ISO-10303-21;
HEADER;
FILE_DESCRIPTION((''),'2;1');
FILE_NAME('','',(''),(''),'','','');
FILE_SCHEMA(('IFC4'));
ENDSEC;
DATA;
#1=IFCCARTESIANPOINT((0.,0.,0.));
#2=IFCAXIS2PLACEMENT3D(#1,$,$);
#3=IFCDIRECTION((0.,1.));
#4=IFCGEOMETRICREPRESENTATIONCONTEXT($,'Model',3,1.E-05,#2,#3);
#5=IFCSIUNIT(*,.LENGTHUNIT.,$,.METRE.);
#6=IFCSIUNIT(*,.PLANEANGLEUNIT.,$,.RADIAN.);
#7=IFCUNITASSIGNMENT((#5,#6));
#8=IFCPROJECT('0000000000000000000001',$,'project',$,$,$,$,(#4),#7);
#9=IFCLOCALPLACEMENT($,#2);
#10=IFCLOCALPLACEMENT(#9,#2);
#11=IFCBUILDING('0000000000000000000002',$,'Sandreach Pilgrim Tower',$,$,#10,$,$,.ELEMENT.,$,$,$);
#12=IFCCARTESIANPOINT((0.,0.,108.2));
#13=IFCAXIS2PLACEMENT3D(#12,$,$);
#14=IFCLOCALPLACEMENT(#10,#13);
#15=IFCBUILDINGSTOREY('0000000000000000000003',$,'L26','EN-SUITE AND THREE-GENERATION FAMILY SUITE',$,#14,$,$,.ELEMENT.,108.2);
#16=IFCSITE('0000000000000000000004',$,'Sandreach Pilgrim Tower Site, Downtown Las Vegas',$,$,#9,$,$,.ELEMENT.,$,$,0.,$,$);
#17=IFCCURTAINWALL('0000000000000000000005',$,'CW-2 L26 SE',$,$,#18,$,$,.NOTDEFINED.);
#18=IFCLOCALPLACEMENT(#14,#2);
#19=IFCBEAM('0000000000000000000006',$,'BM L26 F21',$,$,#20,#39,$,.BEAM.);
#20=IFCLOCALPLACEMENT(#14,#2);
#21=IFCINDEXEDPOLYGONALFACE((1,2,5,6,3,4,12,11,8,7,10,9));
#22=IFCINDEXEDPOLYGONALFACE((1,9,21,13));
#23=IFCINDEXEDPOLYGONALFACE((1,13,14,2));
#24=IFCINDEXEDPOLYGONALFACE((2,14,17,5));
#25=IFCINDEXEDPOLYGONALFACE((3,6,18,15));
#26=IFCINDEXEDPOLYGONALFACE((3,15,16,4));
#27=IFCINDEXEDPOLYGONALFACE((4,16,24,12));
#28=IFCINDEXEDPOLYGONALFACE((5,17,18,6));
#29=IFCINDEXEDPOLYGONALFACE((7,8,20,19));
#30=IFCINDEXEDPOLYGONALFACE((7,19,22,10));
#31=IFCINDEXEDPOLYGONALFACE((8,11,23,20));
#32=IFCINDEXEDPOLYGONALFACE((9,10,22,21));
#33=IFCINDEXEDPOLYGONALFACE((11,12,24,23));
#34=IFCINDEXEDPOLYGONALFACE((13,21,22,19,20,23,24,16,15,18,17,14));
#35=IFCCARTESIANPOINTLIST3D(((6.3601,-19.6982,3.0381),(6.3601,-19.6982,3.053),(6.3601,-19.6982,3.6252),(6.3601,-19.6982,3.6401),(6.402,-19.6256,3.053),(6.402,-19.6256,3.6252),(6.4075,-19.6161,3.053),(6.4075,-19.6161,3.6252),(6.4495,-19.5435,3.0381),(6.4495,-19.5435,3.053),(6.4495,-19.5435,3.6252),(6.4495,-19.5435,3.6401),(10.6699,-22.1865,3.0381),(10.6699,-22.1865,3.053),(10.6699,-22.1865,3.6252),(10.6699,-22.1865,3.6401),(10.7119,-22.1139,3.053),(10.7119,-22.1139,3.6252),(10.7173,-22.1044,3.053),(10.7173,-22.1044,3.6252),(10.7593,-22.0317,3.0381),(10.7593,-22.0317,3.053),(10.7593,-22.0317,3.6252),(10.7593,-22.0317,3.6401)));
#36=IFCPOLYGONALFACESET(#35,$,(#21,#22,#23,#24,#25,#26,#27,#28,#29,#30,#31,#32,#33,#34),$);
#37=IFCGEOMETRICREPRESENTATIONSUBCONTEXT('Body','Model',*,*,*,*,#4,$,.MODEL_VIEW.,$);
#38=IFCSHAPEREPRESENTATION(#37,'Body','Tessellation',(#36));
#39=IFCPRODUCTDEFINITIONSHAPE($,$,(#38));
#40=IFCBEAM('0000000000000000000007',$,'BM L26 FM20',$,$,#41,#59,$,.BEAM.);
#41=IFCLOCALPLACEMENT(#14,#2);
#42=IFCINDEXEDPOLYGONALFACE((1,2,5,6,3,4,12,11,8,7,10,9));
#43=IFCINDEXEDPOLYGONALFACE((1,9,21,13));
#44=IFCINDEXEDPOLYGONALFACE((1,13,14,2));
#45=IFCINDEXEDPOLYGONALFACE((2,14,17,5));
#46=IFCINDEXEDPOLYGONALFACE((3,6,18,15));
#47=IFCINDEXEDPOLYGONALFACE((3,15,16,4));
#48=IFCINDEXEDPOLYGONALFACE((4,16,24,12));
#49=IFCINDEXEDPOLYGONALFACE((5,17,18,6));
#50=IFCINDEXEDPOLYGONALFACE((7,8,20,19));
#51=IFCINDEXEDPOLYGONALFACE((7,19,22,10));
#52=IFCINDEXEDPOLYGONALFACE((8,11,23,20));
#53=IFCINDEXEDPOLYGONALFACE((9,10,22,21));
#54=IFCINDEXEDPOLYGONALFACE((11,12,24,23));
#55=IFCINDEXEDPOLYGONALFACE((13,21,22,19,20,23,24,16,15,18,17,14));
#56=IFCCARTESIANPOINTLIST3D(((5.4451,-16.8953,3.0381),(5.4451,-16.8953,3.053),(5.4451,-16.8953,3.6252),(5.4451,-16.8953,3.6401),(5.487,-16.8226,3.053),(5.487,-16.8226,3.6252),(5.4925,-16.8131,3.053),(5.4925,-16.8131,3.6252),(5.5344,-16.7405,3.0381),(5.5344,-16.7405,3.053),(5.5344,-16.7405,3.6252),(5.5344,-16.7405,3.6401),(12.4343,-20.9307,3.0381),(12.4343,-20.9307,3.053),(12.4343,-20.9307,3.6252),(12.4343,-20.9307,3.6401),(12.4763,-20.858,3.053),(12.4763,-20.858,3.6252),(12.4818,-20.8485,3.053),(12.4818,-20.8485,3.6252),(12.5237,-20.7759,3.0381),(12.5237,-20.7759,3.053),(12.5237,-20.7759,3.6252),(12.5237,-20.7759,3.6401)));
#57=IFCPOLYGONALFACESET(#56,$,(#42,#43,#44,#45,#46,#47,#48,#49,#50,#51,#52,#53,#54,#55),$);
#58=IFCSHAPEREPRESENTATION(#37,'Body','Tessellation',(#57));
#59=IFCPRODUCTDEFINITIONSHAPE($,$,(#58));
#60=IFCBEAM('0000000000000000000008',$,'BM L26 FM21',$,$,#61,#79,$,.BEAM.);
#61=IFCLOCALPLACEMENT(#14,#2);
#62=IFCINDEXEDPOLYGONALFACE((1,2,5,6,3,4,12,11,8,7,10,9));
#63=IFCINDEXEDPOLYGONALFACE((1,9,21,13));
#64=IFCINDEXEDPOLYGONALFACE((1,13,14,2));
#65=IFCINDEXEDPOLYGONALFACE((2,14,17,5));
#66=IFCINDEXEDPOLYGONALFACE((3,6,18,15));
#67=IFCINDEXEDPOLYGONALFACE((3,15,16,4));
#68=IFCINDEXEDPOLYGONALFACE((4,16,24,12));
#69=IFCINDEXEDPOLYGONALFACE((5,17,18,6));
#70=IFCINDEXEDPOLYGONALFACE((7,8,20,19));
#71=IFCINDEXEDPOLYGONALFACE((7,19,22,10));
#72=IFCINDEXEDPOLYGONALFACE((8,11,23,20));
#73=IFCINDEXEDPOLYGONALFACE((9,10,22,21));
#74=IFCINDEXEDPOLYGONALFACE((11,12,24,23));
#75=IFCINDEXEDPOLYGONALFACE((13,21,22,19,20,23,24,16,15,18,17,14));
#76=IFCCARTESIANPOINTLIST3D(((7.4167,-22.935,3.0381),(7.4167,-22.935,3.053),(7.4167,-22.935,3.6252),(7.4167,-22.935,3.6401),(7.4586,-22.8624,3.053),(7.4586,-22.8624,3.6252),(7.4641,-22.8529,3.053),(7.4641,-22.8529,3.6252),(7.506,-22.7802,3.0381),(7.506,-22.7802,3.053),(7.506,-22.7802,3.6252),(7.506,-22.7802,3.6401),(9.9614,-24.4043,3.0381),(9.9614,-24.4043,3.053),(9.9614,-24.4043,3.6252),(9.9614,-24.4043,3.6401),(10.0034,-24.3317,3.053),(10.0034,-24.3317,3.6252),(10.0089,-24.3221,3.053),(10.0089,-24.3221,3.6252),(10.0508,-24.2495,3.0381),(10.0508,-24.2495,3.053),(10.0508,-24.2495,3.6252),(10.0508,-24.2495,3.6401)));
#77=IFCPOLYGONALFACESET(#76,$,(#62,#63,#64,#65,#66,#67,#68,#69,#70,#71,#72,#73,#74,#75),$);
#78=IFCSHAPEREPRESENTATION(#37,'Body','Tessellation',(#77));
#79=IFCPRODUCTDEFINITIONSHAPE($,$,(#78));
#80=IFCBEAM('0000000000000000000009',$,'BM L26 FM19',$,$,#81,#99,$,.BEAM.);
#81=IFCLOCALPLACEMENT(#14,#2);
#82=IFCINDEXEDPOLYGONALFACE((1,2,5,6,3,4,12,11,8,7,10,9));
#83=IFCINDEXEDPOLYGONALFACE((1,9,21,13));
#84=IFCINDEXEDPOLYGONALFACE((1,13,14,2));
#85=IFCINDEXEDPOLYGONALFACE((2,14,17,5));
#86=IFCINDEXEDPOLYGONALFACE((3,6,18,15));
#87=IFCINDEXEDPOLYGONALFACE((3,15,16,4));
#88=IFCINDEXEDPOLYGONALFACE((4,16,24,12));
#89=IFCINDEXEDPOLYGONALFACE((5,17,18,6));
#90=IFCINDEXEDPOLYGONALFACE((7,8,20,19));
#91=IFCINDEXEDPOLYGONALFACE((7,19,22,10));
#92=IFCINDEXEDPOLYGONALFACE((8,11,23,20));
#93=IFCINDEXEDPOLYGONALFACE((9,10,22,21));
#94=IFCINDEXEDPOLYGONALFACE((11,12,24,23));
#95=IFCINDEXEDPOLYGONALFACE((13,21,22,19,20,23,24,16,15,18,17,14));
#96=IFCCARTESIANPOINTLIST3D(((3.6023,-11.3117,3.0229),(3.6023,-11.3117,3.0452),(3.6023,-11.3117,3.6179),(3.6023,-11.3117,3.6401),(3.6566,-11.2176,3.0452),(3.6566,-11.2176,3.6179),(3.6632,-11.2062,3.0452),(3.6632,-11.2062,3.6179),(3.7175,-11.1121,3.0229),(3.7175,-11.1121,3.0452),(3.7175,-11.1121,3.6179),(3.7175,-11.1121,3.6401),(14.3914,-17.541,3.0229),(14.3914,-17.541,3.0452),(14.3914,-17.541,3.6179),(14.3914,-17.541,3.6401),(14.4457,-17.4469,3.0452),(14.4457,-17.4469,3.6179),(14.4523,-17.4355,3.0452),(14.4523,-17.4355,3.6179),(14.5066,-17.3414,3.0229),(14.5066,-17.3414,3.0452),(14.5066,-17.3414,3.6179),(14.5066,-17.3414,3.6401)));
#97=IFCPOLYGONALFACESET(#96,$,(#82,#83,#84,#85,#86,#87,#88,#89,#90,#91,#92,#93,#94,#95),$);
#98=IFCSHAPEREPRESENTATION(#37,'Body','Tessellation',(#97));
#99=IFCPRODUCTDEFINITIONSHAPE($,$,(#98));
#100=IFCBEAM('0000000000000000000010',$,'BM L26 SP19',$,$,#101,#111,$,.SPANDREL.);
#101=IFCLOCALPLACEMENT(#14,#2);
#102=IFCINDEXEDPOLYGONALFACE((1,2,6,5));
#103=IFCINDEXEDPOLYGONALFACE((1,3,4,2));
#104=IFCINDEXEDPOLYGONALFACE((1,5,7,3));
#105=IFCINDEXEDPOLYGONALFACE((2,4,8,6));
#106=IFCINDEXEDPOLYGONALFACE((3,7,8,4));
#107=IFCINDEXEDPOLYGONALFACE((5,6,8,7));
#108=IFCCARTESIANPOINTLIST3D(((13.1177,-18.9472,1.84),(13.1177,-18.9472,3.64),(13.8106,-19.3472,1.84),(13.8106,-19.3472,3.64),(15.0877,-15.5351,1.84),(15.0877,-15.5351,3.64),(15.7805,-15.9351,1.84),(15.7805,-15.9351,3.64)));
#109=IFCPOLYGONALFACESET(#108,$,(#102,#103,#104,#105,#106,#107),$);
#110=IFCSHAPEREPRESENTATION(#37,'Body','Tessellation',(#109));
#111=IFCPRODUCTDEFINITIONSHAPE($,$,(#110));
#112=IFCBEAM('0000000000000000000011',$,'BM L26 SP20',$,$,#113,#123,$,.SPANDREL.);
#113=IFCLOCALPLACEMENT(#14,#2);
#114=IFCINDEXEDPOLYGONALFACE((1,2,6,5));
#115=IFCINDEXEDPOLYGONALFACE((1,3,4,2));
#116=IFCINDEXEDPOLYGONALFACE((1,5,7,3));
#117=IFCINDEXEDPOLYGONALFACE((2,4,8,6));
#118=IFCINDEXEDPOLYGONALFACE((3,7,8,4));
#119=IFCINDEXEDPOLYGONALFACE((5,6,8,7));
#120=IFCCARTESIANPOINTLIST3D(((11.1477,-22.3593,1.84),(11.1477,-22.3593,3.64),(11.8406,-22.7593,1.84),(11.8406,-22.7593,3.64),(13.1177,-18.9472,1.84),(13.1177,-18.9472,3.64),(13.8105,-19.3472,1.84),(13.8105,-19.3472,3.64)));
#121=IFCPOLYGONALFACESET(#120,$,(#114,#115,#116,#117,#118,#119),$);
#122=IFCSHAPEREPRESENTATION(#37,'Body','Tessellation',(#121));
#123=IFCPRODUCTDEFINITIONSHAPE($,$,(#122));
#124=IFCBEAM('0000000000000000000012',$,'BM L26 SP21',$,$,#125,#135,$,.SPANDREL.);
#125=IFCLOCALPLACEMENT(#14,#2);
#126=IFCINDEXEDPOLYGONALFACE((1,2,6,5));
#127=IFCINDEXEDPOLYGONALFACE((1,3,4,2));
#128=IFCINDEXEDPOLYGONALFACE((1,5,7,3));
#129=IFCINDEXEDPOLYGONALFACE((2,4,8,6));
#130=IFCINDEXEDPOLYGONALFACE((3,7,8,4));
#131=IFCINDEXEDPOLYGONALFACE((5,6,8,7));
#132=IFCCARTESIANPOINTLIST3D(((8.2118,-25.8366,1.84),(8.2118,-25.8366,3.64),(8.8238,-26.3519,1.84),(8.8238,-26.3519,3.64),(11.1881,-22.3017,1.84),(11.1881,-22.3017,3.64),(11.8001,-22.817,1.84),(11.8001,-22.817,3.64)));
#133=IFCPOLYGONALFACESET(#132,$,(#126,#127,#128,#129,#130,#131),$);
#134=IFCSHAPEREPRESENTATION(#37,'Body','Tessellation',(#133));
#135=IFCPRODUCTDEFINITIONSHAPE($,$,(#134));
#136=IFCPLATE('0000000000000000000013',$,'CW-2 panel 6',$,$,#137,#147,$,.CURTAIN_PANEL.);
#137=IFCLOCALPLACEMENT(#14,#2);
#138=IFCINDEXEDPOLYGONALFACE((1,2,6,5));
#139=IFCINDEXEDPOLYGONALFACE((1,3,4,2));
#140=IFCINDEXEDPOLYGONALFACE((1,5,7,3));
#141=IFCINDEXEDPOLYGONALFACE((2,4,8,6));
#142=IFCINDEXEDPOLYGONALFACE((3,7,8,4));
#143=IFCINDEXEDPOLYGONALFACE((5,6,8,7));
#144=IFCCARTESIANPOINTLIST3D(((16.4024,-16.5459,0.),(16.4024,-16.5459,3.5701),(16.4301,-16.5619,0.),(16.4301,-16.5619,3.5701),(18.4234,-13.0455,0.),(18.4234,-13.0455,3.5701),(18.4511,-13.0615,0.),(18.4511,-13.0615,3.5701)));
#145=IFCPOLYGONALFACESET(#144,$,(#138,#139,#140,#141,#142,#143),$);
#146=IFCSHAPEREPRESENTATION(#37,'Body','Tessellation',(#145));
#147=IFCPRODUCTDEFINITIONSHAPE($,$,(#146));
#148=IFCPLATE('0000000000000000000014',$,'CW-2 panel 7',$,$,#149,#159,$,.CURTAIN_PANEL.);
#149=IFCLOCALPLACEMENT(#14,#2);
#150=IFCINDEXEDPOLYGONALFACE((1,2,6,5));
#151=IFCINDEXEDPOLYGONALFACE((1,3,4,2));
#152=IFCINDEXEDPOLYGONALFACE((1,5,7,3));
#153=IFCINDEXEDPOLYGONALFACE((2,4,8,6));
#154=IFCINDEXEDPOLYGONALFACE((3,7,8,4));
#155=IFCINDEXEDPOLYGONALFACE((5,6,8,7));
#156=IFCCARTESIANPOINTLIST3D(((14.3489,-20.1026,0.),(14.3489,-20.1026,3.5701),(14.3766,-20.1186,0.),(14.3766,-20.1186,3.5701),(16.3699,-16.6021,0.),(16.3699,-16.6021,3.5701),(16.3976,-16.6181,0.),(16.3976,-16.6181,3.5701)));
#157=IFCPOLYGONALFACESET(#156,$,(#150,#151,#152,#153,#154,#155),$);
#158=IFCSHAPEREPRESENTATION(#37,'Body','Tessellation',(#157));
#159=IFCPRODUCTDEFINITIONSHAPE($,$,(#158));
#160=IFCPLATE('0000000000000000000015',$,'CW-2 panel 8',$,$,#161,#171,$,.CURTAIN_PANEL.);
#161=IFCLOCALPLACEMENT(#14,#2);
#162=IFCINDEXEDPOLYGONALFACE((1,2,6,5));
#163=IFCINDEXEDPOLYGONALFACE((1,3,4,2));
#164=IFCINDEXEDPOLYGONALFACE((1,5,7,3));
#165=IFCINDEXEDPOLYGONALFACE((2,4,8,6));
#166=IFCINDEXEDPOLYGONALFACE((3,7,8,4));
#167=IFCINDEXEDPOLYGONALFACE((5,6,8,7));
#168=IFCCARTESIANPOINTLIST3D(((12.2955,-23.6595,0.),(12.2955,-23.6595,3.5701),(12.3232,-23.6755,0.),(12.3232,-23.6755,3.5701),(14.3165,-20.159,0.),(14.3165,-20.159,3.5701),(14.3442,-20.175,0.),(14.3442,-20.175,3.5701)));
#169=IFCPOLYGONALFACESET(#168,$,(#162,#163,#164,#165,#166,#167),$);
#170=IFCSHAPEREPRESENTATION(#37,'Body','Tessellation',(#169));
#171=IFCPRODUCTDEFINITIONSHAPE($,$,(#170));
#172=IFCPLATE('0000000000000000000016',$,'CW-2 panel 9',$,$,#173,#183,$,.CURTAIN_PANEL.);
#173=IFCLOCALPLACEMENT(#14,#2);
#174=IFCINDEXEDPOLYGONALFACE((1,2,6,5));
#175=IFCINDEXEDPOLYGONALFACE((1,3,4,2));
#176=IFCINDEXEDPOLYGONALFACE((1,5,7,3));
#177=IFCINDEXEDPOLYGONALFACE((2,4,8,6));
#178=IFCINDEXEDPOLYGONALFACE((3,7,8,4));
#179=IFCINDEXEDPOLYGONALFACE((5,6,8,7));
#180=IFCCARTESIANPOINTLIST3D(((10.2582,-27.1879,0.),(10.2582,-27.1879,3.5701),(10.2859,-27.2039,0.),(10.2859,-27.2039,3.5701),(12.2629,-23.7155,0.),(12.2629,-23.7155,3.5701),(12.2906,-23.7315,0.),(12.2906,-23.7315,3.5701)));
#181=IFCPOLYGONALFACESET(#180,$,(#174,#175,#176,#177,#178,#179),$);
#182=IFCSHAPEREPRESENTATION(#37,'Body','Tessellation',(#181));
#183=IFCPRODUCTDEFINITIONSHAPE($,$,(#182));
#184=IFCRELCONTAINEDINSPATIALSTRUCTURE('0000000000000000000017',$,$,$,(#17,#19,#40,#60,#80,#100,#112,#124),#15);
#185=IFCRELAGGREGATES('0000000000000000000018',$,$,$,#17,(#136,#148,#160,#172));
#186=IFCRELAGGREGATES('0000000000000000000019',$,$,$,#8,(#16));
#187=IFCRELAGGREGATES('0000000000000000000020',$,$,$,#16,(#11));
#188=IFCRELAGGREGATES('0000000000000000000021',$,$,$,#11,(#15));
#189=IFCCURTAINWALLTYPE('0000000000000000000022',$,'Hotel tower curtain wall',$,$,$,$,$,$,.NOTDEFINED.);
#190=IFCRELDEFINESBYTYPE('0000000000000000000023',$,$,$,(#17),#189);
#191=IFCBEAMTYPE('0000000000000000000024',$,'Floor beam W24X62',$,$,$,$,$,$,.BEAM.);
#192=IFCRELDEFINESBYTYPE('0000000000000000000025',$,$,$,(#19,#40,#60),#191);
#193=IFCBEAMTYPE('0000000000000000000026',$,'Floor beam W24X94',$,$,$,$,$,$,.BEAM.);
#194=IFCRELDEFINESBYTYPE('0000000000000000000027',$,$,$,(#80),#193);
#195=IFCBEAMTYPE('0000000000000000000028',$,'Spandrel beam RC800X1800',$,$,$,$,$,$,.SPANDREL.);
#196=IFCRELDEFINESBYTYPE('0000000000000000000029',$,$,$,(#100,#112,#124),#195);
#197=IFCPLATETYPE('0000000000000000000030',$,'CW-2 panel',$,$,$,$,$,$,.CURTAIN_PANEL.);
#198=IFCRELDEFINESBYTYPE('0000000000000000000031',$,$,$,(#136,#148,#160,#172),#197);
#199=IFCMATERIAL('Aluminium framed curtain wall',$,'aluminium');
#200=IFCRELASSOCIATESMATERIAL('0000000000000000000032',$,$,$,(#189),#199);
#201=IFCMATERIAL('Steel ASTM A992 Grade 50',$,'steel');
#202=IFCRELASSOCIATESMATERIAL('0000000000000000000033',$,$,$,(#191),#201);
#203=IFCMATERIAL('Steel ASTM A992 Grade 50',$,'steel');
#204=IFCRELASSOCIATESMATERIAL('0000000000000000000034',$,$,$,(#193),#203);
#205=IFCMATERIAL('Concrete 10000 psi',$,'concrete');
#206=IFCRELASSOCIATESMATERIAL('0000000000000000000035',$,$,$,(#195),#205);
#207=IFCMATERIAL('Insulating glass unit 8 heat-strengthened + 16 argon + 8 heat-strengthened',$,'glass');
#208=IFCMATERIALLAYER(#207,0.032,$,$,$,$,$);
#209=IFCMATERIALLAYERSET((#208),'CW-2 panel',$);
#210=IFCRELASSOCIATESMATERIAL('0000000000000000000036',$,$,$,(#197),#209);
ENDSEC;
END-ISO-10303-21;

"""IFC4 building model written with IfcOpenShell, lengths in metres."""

from ifc_helpers import new_model, si_unit, direction, frame, origin, origin_2d, place, context, subcontext, project, spatial, rectangle, i_section, extrude, material, layer, layer_set, material_profile, profile_set, type_object, element, aggregate, save


model = new_model("IFC4")

# Units and contexts
model_context = context("Model", 3, precision=1e-05, world=origin(), true_north=direction((0.0, 1.0)))
body_context = subcontext(model_context, "Body", "Model", "MODEL_VIEW")
ifc_project = project(units=[si_unit("LENGTHUNIT", "METRE"), si_unit("PLANEANGLEUNIT", "RADIAN")], contexts=[model_context])

# Site, building, storey
site_placement = place(None, origin())
site = spatial("IfcSite", under=ifc_project, at=site_placement, Name="Sandreach Pilgrim Tower Site, Downtown Las Vegas", CompositionType="ELEMENT", RefElevation=0.0)
building_placement = place(site_placement, origin())
building = spatial("IfcBuilding", under=site, at=building_placement, Name="Sandreach Pilgrim Tower", CompositionType="ELEMENT")
storey_placement = place(building_placement, frame((0.0, 0.0, 108.2)))
storey = spatial("IfcBuildingStorey", under=building, at=storey_placement, Name="L26", Description="EN-SUITE AND THREE-GENERATION FAMILY SUITE", CompositionType="ELEMENT", Elevation=108.2)

# Curtain wall
ifc_material_1 = material(Name="Aluminium framed curtain wall", Category="aluminium")
curtain_wall_type = type_object("IfcCurtainWallType", Name="Hotel tower curtain wall", PredefinedType="NOTDEFINED", material=ifc_material_1)
curtain_wall_1_placement = place(storey_placement, origin())
curtain_wall_1 = element("IfcCurtainWall", 1, at=curtain_wall_1_placement, inside=storey, type_object=curtain_wall_type, Name="CW-2 L26 SE", PredefinedType="NOTDEFINED")

# Beams
ifc_material_2 = material(Name="Steel ASTM A992 Grade 50", Category="steel")
ifc_material_profile_1 = material_profile(ifc_material_2, i_section(OverallWidth=0.1787, OverallDepth=0.6021, WebThickness=0.011, FlangeThickness=0.0149, at=origin_2d()), Name="W24X62")
ifc_profile_set_1 = profile_set([ifc_material_profile_1], Name="Steel ASTM A992 Grade 50")
beam_type_1 = type_object("IfcBeamType", Name="Floor beam W24X62", PredefinedType="BEAM", material=ifc_profile_set_1)
beam_1_placement = place(storey_placement, frame((10.7146, -22.1091, 3.3391), z_axis=(-0.866025, 0.500001, 0.0), x_axis=(-0.500001, -0.866025, 0.0)))
element("IfcBeam", 2, at=beam_1_placement, inside=storey, type_object=beam_type_1, Name="BM L26 F21", PredefinedType="BEAM", context=body_context, shape_type="SweptSolid", body=[
    extrude(i_section(OverallWidth=0.1787, OverallDepth=0.6021, WebThickness=0.011, FlangeThickness=0.0149, at=origin_2d()), origin(), (0.0, 0.0, 1.0), 4.9766),
])
beam_2_placement = place(storey_placement, frame((12.479, -20.8533, 3.3391), z_axis=(-0.866017, 0.500014, 0.0), x_axis=(-0.500014, -0.866017, 0.0)))
element("IfcBeam", 3, at=beam_2_placement, inside=storey, type_object=beam_type_1, Name="BM L26 FM20", PredefinedType="BEAM", context=body_context, shape_type="SweptSolid", body=[
    extrude(i_section(OverallWidth=0.1787, OverallDepth=0.6021, WebThickness=0.011, FlangeThickness=0.0149, at=origin_2d()), origin(), (0.0, 0.0, 1.0), 8.0706),
])
beam_3_placement = place(storey_placement, frame((10.0061, -24.3269, 3.3391), z_axis=(-0.866015, 0.500017, 0.0), x_axis=(-0.500017, -0.866015, 0.0)))
element("IfcBeam", 4, at=beam_3_placement, inside=storey, type_object=beam_type_1, Name="BM L26 FM21", PredefinedType="BEAM", context=body_context, shape_type="SweptSolid", body=[
    extrude(i_section(OverallWidth=0.1787, OverallDepth=0.6021, WebThickness=0.011, FlangeThickness=0.0149, at=origin_2d()), origin(), (0.0, 0.0, 1.0), 2.9385),
])
ifc_material_3 = material(Name="Steel ASTM A992 Grade 50", Category="steel")
ifc_material_profile_2 = material_profile(ifc_material_3, i_section(OverallWidth=0.2305, OverallDepth=0.6172, WebThickness=0.0132, FlangeThickness=0.0222, at=origin_2d()), Name="W24X94")
ifc_profile_set_2 = profile_set([ifc_material_profile_2], Name="Steel ASTM A992 Grade 50")
beam_type_2 = type_object("IfcBeamType", Name="Floor beam W24X94", PredefinedType="BEAM", material=ifc_profile_set_2)
beam_4_placement = place(storey_placement, frame((14.449, -17.4412, 3.3315), z_axis=(-0.866019, 0.500011, 0.0), x_axis=(-0.500011, -0.866019, 0.0)))
element("IfcBeam", 5, at=beam_4_placement, inside=storey, type_object=beam_type_2, Name="BM L26 FM19", PredefinedType="BEAM", context=body_context, shape_type="SweptSolid", body=[
    extrude(i_section(OverallWidth=0.2305, OverallDepth=0.6172, WebThickness=0.0132, FlangeThickness=0.0222, at=origin_2d()), origin(), (0.0, 0.0, 1.0), 12.4583),
])
ifc_material_4 = material(Name="Concrete 10000 psi", Category="concrete")
ifc_material_profile_3 = material_profile(ifc_material_4, rectangle(XDim=0.8, YDim=1.8, at=origin_2d()), Name="RC800X1800")
ifc_profile_set_3 = profile_set([ifc_material_profile_3], Name="Concrete 10000 psi")
beam_type_3 = type_object("IfcBeamType", Name="Spandrel beam RC800X1800", PredefinedType="SPANDREL", material=ifc_profile_set_3)
for number, where, z_axis, x_axis, name in (
    (6, (15.4341, -15.7351, 2.74), (-0.499998, -0.866027, 0.0), (0.866027, -0.499998, 0.0), "BM L26 SP19"),
    (7, (13.4641, -19.1472, 2.74), (-0.499998, -0.866027, 0.0), (0.866027, -0.499998, 0.0), "BM L26 SP20"),
):
    element("IfcBeam", number, at=place(storey_placement, frame(where, z_axis=z_axis, x_axis=x_axis)), inside=storey, type_object=beam_type_3, Name=name, PredefinedType="SPANDREL", context=body_context, shape_type="SweptSolid", body=[
        extrude(rectangle(XDim=0.8, YDim=1.8, at=origin_2d()), origin(), (0.0, 0.0, 1.0), 3.9399),
    ])
beam_5_placement = place(storey_placement, frame((11.4941, -22.5593, 2.74), z_axis=(-0.644079, -0.764959, 0.0), x_axis=(0.764959, -0.644079, 0.0)))
element("IfcBeam", 8, at=beam_5_placement, inside=storey, type_object=beam_type_3, Name="BM L26 SP21", PredefinedType="SPANDREL", context=body_context, shape_type="SweptSolid", body=[
    extrude(rectangle(XDim=0.8, YDim=1.8, at=origin_2d()), origin(), (0.0, 0.0, 1.0), 4.6211),
])

# Plates
ifc_material_5 = material(Name="Insulating glass unit 8 heat-strengthened + 16 argon + 8 heat-strengthened", Category="glass")
ifc_layer_1 = layer(ifc_material_5, 0.032)
ifc_layer_set_1 = layer_set([ifc_layer_1], Name="CW-2 panel")
plate_type = type_object("IfcPlateType", Name="CW-2 panel", PredefinedType="CURTAIN_PANEL", material=ifc_layer_set_1)
plate_1_placement = place(storey_placement, frame((17.4268, -14.8037, 0.0), z_axis=(0.0, 0.0, 1.0), x_axis=(-0.5, -0.866025, 0.0)))
plate_1 = element("IfcPlate", 9, at=plate_1_placement, type_object=plate_type, Name="CW-2 panel 6", PredefinedType="CURTAIN_PANEL", context=body_context, shape_type="SweptSolid", body=[
    extrude(rectangle(XDim=4.042, YDim=0.032, at=origin_2d()), origin(), (0.0, 0.0, 1.0), 3.5701),
])
plate_2_placement = place(storey_placement, frame((15.3733, -18.3604, 0.0), z_axis=(0.0, 0.0, 1.0), x_axis=(-0.5, -0.866025, 0.0)))
plate_2 = element("IfcPlate", 10, at=plate_2_placement, type_object=plate_type, Name="CW-2 panel 7", PredefinedType="CURTAIN_PANEL", context=body_context, shape_type="SweptSolid", body=[
    extrude(rectangle(XDim=4.042, YDim=0.032, at=origin_2d()), origin(), (0.0, 0.0, 1.0), 3.5701),
])
plate_3_placement = place(storey_placement, frame((13.3198, -21.9172, 0.0), z_axis=(0.0, 0.0, 1.0), x_axis=(-0.5, -0.866025, 0.0)))
plate_3 = element("IfcPlate", 11, at=plate_3_placement, type_object=plate_type, Name="CW-2 panel 8", PredefinedType="CURTAIN_PANEL", context=body_context, shape_type="SweptSolid", body=[
    extrude(rectangle(XDim=4.042, YDim=0.032, at=origin_2d()), origin(), (0.0, 0.0, 1.0), 3.5701),
])
plate_4_placement = place(storey_placement, frame((11.2744, -25.4597, 0.0), z_axis=(0.0, 0.0, 1.0), x_axis=(-0.5, -0.866025, 0.0)))
plate_4 = element("IfcPlate", 12, at=plate_4_placement, type_object=plate_type, Name="CW-2 panel 9", PredefinedType="CURTAIN_PANEL", context=body_context, shape_type="SweptSolid", body=[
    extrude(rectangle(XDim=4.0095, YDim=0.032, at=origin_2d()), origin(), (0.0, 0.0, 1.0), 3.5701),
])
aggregate(curtain_wall_1, [plate_1, plate_2, plate_3, plate_4])

save(model, "model.ifc")
